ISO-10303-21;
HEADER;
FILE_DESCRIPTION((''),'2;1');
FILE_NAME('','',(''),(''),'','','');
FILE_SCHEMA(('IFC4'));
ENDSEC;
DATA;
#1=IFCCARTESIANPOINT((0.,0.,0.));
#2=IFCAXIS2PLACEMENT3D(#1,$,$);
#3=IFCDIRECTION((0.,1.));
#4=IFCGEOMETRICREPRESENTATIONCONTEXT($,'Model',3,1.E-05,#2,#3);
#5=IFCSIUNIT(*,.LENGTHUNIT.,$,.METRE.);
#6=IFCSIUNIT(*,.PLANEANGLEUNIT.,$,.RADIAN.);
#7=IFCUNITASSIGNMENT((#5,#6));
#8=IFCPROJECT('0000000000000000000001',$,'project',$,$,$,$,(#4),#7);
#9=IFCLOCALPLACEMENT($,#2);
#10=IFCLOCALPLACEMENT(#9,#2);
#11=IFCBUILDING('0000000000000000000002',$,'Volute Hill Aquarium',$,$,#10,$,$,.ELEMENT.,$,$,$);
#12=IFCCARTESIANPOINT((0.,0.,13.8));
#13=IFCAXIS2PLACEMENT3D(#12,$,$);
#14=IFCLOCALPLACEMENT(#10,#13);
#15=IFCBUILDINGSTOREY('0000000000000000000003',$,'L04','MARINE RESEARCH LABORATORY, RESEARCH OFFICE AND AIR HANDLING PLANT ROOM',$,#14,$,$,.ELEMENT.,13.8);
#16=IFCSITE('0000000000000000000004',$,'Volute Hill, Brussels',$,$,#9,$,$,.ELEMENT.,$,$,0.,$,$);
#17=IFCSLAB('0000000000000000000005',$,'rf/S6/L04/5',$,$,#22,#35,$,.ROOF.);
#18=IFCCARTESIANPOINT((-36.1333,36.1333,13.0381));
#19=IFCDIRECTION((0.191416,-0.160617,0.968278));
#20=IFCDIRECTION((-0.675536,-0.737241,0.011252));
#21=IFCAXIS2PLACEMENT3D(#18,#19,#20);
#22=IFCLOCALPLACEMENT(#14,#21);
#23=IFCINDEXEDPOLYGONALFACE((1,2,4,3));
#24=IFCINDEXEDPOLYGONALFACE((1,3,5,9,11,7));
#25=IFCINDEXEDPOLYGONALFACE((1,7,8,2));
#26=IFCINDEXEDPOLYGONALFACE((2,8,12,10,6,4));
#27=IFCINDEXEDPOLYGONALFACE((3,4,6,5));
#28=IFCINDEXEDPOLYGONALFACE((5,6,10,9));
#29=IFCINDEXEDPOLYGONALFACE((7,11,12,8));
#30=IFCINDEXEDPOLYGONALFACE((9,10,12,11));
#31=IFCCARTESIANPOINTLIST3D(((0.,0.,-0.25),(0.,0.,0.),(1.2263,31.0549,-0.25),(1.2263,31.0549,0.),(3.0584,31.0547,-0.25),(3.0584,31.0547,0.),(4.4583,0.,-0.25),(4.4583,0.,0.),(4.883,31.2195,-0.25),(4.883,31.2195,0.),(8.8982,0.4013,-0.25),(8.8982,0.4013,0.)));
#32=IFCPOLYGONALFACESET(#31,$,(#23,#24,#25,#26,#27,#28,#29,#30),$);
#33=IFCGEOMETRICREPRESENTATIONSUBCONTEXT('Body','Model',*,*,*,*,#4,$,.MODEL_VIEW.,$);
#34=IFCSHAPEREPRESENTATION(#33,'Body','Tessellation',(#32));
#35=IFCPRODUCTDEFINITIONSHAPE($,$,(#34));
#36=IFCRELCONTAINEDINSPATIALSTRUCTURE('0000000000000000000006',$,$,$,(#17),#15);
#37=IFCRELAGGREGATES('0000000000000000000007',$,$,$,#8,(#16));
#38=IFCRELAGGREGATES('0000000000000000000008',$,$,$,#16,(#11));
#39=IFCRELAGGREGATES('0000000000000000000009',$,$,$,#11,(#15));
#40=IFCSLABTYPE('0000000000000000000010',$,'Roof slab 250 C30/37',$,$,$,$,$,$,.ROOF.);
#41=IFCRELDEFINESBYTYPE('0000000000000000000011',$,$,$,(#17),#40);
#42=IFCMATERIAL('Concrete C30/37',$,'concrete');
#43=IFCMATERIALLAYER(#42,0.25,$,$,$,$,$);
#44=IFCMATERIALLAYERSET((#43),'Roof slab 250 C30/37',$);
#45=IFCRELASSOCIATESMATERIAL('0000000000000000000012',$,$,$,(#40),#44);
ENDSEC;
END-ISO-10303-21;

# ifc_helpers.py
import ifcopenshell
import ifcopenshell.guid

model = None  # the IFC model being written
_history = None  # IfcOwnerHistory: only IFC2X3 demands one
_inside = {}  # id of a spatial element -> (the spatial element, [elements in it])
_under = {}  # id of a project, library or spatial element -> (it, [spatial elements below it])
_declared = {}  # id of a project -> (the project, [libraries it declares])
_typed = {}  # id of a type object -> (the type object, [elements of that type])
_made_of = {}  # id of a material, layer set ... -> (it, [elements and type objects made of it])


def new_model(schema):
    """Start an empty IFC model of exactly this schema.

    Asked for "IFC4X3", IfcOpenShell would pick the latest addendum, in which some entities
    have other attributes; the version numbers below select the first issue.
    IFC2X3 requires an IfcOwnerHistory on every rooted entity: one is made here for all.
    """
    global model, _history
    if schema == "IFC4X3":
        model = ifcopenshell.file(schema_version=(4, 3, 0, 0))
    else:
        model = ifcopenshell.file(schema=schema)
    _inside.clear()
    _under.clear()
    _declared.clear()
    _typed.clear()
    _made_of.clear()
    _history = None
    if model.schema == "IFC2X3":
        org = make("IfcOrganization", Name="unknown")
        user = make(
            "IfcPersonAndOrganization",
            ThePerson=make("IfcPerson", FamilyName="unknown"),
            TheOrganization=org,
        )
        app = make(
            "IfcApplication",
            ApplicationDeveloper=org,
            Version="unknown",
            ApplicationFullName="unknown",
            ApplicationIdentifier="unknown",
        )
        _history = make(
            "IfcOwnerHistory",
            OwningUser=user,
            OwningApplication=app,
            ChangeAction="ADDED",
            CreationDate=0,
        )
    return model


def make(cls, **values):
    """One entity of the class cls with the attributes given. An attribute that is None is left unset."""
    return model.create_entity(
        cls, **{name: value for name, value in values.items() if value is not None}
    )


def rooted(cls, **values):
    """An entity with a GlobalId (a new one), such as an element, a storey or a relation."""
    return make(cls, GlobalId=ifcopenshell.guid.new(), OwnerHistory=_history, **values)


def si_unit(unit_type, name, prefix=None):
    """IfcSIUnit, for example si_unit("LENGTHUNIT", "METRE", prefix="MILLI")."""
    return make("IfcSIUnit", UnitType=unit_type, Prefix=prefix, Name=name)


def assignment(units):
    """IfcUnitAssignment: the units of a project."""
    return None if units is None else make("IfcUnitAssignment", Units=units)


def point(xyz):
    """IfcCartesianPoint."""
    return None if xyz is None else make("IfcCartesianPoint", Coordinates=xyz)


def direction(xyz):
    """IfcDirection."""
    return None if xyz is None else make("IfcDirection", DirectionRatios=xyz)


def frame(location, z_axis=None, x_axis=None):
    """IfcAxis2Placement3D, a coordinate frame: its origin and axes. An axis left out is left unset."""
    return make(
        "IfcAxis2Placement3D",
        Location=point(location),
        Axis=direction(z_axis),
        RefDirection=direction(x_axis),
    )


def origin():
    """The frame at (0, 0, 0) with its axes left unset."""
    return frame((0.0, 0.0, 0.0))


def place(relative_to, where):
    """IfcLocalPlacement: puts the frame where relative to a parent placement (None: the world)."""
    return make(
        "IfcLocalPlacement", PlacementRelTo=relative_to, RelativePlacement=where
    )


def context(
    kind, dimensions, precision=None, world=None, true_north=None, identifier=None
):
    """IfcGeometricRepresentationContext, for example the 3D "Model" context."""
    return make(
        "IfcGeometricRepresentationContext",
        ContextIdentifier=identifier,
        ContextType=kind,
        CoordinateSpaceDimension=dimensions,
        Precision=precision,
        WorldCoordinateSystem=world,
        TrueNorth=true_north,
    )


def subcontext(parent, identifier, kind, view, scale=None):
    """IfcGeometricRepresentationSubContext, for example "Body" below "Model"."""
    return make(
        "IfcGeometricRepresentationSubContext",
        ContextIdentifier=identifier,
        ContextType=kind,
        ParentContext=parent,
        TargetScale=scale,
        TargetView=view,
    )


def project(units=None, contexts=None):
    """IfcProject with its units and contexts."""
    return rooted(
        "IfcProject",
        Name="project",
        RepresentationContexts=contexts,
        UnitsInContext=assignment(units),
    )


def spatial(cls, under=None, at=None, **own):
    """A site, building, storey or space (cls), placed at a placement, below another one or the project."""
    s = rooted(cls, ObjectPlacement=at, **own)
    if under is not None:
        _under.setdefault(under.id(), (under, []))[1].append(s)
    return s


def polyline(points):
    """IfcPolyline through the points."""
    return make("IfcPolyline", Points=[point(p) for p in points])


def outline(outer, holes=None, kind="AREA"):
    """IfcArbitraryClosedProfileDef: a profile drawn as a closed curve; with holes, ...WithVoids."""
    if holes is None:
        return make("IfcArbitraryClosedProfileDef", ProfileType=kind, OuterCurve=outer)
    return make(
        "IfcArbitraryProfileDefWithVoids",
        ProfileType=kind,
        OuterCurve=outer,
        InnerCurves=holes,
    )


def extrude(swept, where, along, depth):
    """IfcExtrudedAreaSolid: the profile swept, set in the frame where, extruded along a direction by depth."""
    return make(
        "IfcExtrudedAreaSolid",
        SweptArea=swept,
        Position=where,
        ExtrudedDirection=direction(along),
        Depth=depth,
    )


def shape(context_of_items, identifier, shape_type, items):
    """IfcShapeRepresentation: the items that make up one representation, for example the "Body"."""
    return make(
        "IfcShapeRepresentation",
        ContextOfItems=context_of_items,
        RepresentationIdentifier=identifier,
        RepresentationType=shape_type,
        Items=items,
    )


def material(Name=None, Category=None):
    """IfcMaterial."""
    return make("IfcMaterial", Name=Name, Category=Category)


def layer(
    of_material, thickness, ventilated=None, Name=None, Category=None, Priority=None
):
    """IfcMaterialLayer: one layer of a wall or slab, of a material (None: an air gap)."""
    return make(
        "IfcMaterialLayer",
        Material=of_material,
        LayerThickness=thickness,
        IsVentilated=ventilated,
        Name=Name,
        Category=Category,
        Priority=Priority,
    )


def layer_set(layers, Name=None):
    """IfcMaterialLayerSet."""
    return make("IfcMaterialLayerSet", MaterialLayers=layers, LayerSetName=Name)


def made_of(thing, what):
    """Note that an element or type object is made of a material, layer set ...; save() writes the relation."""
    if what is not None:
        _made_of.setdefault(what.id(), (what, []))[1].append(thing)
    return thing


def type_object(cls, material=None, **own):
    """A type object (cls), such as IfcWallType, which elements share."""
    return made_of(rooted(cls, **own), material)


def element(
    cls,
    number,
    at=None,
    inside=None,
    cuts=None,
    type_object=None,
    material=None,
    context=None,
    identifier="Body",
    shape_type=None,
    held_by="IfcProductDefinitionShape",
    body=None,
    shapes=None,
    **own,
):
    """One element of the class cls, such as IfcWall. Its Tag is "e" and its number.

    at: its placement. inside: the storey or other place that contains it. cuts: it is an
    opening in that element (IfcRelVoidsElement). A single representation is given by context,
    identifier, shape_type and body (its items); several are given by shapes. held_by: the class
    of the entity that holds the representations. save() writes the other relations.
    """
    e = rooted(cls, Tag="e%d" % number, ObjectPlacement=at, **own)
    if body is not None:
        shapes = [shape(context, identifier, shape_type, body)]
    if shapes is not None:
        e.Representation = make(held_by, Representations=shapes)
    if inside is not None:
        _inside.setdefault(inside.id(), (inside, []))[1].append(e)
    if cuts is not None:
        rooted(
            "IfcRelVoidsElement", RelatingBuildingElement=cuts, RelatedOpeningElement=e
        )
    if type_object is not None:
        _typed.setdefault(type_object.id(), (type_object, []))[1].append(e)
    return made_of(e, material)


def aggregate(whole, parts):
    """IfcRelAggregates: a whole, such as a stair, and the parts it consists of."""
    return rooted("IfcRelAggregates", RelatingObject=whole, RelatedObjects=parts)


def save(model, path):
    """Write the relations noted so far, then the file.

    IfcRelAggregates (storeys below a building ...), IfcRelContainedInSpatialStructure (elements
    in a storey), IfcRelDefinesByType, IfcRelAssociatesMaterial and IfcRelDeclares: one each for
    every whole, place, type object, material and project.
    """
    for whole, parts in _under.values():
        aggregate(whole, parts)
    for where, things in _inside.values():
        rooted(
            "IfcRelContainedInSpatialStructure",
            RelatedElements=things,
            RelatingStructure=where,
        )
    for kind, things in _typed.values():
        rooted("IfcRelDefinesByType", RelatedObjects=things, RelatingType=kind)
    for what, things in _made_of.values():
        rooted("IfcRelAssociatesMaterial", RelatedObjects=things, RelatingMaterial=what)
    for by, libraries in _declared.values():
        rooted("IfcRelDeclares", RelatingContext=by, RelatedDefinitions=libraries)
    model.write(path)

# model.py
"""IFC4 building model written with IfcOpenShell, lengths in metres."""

from ifc_helpers import new_model, si_unit, direction, frame, origin, place, context, subcontext, project, spatial, polyline, outline, extrude, material, layer, layer_set, type_object, element, save


model = new_model("IFC4")

# Units and contexts
model_context = context("Model", 3, precision=1e-05, world=origin(), true_north=direction((0.0, 1.0)))
body_context = subcontext(model_context, "Body", "Model", "MODEL_VIEW")
ifc_project = project(units=[si_unit("LENGTHUNIT", "METRE"), si_unit("PLANEANGLEUNIT", "RADIAN")], contexts=[model_context])

# Site, building, storey
site_placement = place(None, origin())
site = spatial("IfcSite", under=ifc_project, at=site_placement, Name="Volute Hill, Brussels", CompositionType="ELEMENT", RefElevation=0.0)
building_placement = place(site_placement, origin())
building = spatial("IfcBuilding", under=site, at=building_placement, Name="Volute Hill Aquarium", CompositionType="ELEMENT")
storey_placement = place(building_placement, frame((0.0, 0.0, 13.8)))
storey = spatial("IfcBuildingStorey", under=building, at=storey_placement, Name="L04", Description="MARINE RESEARCH LABORATORY, RESEARCH OFFICE AND AIR HANDLING PLANT ROOM", CompositionType="ELEMENT", Elevation=13.8)

# Slab
ifc_material_1 = material(Name="Concrete C30/37", Category="concrete")
ifc_layer_1 = layer(ifc_material_1, 0.25)
ifc_layer_set_1 = layer_set([ifc_layer_1], Name="Roof slab 250 C30/37")
slab_type = type_object("IfcSlabType", Name="Roof slab 250 C30/37", PredefinedType="ROOF", material=ifc_layer_set_1)
slab_placement = place(storey_placement, frame((-36.1333, 36.1333, 13.0381), z_axis=(0.191416, -0.160617, 0.968278), x_axis=(-0.675536, -0.737241, 0.011252)))
element("IfcSlab", 1, at=slab_placement, inside=storey, type_object=slab_type, Name="rf/S6/L04/5", PredefinedType="ROOF", context=body_context, shape_type="SweptSolid", body=[
    extrude(outline(polyline([(0.0, 0.0), (4.4583, 0.0), (8.8982, 0.4013), (4.883, 31.2195), (3.0584, 31.0547), (1.2263, 31.0549), (0.0, 0.0)])), origin(), (0.0, 0.0, -1.0), 0.25),
])

save(model, "model.ifc")
